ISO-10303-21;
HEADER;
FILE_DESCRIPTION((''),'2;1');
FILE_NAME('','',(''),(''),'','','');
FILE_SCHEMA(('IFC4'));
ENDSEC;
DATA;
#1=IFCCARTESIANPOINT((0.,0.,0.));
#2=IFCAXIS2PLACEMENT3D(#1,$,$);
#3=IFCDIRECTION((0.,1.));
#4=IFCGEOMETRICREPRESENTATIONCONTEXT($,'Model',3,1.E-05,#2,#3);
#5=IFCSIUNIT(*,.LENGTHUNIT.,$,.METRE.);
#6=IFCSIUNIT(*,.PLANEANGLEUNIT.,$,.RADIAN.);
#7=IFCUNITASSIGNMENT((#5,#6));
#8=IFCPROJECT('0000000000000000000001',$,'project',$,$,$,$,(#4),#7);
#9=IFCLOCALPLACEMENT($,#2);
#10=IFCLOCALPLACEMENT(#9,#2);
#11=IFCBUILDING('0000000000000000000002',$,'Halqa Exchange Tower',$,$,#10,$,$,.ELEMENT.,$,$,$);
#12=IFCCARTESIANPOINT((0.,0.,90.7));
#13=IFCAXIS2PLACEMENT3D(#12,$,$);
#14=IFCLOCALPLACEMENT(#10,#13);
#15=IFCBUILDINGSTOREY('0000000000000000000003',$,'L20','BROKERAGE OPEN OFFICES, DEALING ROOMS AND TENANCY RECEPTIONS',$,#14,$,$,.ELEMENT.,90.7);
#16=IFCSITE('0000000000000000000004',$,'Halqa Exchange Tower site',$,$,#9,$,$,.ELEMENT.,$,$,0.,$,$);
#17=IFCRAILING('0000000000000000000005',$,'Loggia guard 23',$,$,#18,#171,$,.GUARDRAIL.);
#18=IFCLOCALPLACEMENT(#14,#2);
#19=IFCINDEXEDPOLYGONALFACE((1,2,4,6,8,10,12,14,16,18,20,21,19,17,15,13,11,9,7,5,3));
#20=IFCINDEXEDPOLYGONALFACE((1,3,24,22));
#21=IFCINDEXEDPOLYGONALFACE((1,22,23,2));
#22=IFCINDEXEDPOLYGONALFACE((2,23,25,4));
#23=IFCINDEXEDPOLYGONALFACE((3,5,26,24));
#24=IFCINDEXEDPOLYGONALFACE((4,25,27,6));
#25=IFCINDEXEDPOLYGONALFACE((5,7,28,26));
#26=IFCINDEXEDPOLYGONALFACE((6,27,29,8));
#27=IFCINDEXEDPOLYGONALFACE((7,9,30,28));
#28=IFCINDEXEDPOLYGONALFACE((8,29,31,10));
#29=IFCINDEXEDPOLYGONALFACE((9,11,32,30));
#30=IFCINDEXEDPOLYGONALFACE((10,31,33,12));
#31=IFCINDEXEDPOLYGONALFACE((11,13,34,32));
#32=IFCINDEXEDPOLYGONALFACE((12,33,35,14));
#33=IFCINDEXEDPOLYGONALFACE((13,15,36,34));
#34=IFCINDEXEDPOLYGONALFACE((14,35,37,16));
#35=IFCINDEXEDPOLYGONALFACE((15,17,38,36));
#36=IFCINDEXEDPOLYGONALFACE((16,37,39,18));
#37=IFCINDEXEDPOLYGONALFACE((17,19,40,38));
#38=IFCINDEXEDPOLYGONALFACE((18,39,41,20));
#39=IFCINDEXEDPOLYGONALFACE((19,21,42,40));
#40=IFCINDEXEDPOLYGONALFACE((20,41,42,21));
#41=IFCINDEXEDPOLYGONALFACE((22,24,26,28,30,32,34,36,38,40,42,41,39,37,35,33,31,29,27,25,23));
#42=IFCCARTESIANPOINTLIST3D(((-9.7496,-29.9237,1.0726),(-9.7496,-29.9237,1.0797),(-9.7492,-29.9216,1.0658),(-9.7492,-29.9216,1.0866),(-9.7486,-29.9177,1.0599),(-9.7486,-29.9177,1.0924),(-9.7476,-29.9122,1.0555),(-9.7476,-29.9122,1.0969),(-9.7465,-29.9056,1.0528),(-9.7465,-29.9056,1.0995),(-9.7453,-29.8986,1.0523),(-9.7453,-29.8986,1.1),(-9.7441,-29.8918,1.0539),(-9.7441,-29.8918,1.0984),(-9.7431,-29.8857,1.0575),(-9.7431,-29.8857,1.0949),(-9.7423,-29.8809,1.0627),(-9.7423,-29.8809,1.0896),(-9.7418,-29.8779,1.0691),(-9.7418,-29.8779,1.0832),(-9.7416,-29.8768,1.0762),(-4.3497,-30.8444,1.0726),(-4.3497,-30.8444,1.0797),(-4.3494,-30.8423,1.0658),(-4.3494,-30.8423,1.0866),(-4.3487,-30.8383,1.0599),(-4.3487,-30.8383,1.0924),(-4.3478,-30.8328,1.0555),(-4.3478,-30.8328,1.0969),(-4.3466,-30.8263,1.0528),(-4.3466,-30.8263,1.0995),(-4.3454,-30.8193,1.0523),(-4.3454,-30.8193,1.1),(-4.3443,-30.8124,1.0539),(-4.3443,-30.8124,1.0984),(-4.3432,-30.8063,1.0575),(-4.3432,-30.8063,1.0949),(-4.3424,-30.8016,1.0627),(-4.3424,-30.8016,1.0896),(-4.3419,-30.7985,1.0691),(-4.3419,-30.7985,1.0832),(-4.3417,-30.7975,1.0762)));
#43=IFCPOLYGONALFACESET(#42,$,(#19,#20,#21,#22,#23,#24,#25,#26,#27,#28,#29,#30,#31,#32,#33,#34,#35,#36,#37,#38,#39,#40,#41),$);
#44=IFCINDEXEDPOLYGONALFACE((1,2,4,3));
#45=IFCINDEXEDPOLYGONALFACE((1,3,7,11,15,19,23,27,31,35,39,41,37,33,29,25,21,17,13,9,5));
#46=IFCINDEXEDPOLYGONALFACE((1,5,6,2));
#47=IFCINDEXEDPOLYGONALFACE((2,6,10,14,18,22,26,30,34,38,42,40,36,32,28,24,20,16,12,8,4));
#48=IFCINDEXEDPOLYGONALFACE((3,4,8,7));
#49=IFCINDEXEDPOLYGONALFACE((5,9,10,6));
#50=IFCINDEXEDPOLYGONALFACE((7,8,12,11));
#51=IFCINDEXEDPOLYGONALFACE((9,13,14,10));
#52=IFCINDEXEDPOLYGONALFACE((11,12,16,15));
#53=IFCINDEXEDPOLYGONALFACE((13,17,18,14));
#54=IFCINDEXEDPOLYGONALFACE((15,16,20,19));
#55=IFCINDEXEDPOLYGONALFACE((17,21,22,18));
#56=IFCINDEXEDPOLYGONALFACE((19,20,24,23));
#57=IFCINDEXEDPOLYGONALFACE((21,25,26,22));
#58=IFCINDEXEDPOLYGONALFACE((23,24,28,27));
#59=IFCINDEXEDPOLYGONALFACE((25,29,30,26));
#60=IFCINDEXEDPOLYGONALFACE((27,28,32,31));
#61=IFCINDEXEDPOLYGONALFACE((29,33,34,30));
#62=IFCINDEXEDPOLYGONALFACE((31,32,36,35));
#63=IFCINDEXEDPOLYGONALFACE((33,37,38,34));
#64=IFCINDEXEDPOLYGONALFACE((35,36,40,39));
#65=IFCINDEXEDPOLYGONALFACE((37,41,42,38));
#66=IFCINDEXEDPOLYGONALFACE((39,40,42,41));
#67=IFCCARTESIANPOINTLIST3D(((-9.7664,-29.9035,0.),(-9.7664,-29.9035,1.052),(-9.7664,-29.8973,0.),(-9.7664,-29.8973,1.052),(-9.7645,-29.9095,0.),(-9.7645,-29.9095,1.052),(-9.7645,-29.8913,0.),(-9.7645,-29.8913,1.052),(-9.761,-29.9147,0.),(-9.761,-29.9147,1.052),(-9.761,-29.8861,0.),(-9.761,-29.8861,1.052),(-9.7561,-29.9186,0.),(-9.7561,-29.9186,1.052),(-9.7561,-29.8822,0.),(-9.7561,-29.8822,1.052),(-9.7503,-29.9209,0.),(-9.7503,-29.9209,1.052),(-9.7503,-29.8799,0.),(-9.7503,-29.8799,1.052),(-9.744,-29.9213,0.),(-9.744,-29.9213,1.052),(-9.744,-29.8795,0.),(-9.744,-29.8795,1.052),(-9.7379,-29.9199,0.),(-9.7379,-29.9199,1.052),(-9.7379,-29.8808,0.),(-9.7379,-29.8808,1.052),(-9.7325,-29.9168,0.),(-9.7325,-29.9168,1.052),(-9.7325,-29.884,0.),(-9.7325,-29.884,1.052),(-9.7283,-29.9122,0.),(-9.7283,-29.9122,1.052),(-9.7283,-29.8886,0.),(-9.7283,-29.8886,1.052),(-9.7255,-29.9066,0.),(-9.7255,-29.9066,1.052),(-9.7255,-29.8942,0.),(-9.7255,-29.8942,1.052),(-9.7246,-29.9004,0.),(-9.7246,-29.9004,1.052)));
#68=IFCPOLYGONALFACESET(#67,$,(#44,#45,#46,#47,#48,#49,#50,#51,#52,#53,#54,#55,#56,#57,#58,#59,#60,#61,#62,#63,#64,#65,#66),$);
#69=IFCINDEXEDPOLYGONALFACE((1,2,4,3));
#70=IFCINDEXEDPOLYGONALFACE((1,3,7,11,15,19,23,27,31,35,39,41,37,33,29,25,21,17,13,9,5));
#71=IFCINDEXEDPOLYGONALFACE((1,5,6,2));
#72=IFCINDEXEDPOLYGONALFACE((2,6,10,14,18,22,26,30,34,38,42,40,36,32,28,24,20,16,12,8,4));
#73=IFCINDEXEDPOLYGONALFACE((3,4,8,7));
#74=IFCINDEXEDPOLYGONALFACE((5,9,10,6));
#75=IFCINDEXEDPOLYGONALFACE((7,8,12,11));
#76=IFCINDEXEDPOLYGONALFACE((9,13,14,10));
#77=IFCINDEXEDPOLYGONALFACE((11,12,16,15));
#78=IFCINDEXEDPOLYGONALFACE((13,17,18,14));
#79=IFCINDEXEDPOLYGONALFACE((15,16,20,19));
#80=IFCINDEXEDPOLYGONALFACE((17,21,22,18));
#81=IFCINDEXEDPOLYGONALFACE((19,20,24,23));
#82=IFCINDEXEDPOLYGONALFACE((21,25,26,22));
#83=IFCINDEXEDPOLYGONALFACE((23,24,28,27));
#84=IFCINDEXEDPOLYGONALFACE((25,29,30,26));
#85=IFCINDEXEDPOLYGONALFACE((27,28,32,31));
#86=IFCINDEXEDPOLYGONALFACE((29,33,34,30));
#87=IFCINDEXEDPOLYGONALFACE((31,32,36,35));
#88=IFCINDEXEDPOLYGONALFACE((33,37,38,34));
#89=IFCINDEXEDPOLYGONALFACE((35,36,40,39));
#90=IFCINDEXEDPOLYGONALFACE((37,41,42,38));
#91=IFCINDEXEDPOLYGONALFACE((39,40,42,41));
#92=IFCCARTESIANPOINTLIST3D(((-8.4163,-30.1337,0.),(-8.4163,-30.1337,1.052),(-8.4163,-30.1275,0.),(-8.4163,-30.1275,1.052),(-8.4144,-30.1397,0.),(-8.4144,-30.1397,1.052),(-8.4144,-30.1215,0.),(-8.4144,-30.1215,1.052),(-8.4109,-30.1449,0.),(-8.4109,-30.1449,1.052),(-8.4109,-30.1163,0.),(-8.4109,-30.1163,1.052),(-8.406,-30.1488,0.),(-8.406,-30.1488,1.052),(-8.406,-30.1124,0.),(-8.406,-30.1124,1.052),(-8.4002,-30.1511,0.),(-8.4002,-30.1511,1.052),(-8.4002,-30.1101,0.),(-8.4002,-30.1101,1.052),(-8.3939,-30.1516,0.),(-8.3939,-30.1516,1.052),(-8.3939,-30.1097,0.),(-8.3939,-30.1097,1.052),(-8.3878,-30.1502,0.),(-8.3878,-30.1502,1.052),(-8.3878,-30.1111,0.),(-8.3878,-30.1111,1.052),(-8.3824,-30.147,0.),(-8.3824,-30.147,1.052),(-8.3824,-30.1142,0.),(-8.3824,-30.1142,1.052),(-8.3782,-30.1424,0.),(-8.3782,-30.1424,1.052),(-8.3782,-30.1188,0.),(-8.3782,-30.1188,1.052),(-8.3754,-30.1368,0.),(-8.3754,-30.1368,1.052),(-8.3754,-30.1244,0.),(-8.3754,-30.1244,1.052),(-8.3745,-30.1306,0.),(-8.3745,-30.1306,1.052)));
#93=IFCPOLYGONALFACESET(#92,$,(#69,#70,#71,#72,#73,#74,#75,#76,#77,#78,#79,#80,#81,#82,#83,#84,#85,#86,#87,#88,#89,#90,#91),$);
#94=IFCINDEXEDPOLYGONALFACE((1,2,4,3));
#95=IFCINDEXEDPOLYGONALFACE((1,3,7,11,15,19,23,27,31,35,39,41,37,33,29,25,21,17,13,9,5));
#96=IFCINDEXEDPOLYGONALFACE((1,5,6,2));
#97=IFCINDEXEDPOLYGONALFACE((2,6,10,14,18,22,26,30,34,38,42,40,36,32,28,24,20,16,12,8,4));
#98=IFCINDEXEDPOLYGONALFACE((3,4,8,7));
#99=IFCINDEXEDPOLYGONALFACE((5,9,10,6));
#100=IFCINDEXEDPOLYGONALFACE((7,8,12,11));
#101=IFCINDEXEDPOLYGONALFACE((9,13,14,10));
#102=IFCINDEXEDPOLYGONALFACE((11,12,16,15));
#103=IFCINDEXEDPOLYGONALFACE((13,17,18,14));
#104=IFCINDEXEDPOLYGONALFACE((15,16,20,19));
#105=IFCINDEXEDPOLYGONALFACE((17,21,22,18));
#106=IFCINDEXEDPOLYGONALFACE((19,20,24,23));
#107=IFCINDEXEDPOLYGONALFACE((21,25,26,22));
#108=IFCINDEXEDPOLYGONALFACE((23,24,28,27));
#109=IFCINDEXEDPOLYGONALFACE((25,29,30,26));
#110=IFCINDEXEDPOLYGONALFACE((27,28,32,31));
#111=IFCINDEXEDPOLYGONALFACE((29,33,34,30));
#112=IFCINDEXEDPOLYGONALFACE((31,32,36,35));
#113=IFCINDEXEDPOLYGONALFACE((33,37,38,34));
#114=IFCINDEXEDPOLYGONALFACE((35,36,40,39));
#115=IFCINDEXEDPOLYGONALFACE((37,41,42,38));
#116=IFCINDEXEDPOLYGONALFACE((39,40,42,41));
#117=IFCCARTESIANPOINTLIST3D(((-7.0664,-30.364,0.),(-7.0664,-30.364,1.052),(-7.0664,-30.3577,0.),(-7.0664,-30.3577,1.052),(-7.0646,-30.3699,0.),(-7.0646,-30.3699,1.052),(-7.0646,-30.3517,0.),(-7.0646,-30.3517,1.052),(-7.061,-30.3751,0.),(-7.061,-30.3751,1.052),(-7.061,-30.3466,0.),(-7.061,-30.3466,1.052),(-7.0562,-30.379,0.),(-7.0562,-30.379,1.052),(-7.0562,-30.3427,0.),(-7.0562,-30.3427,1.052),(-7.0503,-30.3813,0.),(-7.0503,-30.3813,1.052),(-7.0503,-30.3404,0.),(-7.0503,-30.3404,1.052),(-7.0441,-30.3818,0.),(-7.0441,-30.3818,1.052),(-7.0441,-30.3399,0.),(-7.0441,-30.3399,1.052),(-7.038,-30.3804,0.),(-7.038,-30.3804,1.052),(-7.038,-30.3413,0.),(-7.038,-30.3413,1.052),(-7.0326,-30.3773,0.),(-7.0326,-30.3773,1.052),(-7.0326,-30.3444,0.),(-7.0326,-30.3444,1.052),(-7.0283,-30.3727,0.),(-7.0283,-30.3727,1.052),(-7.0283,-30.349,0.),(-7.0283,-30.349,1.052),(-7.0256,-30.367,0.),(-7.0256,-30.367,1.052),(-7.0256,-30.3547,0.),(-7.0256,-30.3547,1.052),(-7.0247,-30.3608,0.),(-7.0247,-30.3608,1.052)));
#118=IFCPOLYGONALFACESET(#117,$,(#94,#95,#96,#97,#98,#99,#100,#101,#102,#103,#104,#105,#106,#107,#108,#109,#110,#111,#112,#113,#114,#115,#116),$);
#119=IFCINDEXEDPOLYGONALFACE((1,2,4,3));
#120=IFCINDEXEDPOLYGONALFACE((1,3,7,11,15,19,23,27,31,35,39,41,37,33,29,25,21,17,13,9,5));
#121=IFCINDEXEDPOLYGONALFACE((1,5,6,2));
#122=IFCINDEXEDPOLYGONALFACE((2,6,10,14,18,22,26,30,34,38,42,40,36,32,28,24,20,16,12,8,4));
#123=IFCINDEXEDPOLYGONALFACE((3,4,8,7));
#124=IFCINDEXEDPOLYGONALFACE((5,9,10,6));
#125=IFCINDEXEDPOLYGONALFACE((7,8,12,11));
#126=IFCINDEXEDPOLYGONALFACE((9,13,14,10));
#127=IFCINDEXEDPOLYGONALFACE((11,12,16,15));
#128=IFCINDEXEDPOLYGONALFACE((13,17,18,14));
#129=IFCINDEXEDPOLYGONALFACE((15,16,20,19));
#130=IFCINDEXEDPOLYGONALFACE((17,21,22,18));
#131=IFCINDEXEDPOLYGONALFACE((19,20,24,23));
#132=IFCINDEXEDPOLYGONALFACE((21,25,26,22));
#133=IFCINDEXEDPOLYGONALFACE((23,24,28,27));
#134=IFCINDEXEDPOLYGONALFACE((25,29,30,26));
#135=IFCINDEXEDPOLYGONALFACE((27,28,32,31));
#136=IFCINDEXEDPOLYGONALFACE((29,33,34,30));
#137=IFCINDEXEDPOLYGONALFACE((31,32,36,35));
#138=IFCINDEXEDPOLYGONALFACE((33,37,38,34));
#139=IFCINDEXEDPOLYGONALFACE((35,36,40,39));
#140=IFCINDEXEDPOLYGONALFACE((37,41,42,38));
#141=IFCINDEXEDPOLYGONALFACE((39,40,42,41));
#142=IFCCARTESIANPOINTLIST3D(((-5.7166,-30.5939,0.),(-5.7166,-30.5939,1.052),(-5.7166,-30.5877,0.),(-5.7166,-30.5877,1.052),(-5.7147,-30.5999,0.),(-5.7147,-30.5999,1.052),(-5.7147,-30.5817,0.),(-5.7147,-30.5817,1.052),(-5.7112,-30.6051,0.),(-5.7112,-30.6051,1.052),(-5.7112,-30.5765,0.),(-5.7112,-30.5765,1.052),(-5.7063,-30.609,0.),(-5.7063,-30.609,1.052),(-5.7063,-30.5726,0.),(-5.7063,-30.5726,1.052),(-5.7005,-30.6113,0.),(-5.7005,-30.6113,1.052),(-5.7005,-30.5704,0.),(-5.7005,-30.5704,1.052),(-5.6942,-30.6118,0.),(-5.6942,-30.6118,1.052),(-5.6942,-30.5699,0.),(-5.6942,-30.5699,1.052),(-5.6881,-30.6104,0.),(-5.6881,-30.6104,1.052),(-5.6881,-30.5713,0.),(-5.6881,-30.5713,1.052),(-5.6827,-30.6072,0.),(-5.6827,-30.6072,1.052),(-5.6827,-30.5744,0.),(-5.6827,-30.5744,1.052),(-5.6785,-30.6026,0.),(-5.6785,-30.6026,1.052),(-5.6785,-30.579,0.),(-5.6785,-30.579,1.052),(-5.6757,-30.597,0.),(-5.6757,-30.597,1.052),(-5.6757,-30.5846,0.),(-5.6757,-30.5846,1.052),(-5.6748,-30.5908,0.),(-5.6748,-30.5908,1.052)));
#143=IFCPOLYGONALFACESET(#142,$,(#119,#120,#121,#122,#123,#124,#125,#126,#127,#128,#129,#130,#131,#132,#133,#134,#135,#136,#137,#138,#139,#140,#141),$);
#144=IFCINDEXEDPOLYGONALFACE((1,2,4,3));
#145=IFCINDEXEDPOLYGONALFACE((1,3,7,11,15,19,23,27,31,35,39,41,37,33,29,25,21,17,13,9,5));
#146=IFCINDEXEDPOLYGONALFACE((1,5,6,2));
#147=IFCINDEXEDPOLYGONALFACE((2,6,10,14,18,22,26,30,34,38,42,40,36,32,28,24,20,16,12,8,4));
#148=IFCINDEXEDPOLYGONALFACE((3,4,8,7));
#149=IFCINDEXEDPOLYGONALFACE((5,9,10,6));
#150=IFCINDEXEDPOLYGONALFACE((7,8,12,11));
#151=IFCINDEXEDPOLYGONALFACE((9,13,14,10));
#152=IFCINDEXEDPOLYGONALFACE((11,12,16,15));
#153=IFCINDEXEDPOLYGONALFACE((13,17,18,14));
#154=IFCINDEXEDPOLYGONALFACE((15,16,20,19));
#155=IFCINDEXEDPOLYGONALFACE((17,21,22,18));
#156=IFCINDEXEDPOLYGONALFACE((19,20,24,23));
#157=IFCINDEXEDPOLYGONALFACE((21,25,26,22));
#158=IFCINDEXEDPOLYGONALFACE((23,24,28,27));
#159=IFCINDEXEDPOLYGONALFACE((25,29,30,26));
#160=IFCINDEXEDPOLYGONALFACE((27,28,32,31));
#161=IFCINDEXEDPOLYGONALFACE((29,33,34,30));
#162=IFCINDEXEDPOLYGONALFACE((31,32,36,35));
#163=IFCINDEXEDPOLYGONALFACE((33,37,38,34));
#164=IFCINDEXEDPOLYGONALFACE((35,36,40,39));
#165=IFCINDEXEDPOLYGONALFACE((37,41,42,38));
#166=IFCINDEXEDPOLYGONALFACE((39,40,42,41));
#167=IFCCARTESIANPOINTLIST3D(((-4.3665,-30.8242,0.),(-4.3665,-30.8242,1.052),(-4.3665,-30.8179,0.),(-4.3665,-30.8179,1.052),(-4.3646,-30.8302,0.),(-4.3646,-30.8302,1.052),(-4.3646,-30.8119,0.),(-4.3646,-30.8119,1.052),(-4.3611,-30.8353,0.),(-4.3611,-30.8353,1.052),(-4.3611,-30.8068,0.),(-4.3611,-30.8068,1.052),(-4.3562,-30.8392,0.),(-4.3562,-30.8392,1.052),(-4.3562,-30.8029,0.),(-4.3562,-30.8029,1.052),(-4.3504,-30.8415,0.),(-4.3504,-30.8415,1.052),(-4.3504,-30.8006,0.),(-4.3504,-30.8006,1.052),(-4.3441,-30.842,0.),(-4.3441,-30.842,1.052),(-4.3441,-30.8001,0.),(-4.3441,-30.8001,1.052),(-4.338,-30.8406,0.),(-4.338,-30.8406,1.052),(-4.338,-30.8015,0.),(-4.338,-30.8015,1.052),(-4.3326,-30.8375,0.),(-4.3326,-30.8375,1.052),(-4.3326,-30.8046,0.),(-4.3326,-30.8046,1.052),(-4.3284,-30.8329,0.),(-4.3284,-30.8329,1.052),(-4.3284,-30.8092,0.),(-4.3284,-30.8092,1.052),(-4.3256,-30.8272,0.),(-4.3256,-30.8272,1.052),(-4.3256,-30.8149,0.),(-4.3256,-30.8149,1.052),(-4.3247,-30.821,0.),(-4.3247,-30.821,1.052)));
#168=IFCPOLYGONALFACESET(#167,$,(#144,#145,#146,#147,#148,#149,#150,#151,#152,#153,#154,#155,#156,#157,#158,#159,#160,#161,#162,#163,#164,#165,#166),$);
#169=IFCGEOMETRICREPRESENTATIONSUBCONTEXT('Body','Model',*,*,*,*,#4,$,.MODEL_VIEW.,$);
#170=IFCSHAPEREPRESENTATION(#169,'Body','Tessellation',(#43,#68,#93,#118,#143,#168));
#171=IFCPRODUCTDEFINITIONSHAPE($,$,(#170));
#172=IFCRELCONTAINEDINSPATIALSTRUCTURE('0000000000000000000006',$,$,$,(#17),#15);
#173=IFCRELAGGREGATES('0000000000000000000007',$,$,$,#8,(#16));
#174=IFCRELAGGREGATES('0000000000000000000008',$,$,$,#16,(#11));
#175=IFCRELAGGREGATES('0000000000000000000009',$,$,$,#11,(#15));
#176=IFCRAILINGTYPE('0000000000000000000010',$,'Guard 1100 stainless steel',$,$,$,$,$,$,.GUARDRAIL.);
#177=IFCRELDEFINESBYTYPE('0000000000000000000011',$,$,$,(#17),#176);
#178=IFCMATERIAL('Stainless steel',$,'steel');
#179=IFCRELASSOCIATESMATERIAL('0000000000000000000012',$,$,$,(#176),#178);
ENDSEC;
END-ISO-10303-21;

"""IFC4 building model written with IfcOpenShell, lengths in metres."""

from ifc_helpers import new_model, si_unit, direction, frame, origin, origin_2d, place, context, subcontext, project, spatial, circle, extrude, material, type_object, element, save


model = new_model("IFC4")

# Units and contexts
model_context = context("Model", 3, precision=1e-05, world=origin(), true_north=direction((0.0, 1.0)))
body_context = subcontext(model_context, "Body", "Model", "MODEL_VIEW")
ifc_project = project(units=[si_unit("LENGTHUNIT", "METRE"), si_unit("PLANEANGLEUNIT", "RADIAN")], contexts=[model_context])

# Site, building, storey
site_placement = place(None, origin())
site = spatial("IfcSite", under=ifc_project, at=site_placement, Name="Halqa Exchange Tower site", CompositionType="ELEMENT", RefElevation=0.0)
building_placement = place(site_placement, origin())
building = spatial("IfcBuilding", under=site, at=building_placement, Name="Halqa Exchange Tower", CompositionType="ELEMENT")
storey_placement = place(building_placement, frame((0.0, 0.0, 90.7)))
storey = spatial("IfcBuildingStorey", under=building, at=storey_placement, Name="L20", Description="BROKERAGE OPEN OFFICES, DEALING ROOMS AND TENANCY RECEPTIONS", CompositionType="ELEMENT", Elevation=90.7)

# Railing
ifc_material_1 = material(Name="Stainless steel", Category="steel")
railing_type = type_object("IfcRailingType", Name="Guard 1100 stainless steel", PredefinedType="GUARDRAIL", material=ifc_material_1)
railing_1_placement = place(storey_placement, frame((-9.7456, -29.9004, 0.0)))
element("IfcRailing", 1, at=railing_1_placement, inside=storey, type_object=railing_type, Name="Loggia guard 23", PredefinedType="GUARDRAIL", context=body_context, shape_type="SweptSolid", body=[
    extrude(circle(Radius=0.0239, at=origin_2d()), frame((0.0, 0.0, 1.0762), z_axis=(0.985775, -0.168069, 0.0), x_axis=(0.168069, 0.985775, 0.0)), (0.0, 0.0, 1.0), 5.4778),
    extrude(circle(Radius=0.021, at=origin_2d()), origin(), (0.0, 0.0, 1.0), 1.052),
    extrude(circle(Radius=0.021, at=origin_2d()), frame((1.3501, -0.2302, 0.0)), (0.0, 0.0, 1.0), 1.052),
    extrude(circle(Radius=0.021, at=origin_2d()), frame((2.7, -0.4604, 0.0)), (0.0, 0.0, 1.0), 1.052),
    extrude(circle(Radius=0.021, at=origin_2d()), frame((4.0498, -0.6904, 0.0)), (0.0, 0.0, 1.0), 1.052),
    extrude(circle(Radius=0.021, at=origin_2d()), frame((5.3999, -0.9207, 0.0)), (0.0, 0.0, 1.0), 1.052),
])

save(model, "model.ifc")
